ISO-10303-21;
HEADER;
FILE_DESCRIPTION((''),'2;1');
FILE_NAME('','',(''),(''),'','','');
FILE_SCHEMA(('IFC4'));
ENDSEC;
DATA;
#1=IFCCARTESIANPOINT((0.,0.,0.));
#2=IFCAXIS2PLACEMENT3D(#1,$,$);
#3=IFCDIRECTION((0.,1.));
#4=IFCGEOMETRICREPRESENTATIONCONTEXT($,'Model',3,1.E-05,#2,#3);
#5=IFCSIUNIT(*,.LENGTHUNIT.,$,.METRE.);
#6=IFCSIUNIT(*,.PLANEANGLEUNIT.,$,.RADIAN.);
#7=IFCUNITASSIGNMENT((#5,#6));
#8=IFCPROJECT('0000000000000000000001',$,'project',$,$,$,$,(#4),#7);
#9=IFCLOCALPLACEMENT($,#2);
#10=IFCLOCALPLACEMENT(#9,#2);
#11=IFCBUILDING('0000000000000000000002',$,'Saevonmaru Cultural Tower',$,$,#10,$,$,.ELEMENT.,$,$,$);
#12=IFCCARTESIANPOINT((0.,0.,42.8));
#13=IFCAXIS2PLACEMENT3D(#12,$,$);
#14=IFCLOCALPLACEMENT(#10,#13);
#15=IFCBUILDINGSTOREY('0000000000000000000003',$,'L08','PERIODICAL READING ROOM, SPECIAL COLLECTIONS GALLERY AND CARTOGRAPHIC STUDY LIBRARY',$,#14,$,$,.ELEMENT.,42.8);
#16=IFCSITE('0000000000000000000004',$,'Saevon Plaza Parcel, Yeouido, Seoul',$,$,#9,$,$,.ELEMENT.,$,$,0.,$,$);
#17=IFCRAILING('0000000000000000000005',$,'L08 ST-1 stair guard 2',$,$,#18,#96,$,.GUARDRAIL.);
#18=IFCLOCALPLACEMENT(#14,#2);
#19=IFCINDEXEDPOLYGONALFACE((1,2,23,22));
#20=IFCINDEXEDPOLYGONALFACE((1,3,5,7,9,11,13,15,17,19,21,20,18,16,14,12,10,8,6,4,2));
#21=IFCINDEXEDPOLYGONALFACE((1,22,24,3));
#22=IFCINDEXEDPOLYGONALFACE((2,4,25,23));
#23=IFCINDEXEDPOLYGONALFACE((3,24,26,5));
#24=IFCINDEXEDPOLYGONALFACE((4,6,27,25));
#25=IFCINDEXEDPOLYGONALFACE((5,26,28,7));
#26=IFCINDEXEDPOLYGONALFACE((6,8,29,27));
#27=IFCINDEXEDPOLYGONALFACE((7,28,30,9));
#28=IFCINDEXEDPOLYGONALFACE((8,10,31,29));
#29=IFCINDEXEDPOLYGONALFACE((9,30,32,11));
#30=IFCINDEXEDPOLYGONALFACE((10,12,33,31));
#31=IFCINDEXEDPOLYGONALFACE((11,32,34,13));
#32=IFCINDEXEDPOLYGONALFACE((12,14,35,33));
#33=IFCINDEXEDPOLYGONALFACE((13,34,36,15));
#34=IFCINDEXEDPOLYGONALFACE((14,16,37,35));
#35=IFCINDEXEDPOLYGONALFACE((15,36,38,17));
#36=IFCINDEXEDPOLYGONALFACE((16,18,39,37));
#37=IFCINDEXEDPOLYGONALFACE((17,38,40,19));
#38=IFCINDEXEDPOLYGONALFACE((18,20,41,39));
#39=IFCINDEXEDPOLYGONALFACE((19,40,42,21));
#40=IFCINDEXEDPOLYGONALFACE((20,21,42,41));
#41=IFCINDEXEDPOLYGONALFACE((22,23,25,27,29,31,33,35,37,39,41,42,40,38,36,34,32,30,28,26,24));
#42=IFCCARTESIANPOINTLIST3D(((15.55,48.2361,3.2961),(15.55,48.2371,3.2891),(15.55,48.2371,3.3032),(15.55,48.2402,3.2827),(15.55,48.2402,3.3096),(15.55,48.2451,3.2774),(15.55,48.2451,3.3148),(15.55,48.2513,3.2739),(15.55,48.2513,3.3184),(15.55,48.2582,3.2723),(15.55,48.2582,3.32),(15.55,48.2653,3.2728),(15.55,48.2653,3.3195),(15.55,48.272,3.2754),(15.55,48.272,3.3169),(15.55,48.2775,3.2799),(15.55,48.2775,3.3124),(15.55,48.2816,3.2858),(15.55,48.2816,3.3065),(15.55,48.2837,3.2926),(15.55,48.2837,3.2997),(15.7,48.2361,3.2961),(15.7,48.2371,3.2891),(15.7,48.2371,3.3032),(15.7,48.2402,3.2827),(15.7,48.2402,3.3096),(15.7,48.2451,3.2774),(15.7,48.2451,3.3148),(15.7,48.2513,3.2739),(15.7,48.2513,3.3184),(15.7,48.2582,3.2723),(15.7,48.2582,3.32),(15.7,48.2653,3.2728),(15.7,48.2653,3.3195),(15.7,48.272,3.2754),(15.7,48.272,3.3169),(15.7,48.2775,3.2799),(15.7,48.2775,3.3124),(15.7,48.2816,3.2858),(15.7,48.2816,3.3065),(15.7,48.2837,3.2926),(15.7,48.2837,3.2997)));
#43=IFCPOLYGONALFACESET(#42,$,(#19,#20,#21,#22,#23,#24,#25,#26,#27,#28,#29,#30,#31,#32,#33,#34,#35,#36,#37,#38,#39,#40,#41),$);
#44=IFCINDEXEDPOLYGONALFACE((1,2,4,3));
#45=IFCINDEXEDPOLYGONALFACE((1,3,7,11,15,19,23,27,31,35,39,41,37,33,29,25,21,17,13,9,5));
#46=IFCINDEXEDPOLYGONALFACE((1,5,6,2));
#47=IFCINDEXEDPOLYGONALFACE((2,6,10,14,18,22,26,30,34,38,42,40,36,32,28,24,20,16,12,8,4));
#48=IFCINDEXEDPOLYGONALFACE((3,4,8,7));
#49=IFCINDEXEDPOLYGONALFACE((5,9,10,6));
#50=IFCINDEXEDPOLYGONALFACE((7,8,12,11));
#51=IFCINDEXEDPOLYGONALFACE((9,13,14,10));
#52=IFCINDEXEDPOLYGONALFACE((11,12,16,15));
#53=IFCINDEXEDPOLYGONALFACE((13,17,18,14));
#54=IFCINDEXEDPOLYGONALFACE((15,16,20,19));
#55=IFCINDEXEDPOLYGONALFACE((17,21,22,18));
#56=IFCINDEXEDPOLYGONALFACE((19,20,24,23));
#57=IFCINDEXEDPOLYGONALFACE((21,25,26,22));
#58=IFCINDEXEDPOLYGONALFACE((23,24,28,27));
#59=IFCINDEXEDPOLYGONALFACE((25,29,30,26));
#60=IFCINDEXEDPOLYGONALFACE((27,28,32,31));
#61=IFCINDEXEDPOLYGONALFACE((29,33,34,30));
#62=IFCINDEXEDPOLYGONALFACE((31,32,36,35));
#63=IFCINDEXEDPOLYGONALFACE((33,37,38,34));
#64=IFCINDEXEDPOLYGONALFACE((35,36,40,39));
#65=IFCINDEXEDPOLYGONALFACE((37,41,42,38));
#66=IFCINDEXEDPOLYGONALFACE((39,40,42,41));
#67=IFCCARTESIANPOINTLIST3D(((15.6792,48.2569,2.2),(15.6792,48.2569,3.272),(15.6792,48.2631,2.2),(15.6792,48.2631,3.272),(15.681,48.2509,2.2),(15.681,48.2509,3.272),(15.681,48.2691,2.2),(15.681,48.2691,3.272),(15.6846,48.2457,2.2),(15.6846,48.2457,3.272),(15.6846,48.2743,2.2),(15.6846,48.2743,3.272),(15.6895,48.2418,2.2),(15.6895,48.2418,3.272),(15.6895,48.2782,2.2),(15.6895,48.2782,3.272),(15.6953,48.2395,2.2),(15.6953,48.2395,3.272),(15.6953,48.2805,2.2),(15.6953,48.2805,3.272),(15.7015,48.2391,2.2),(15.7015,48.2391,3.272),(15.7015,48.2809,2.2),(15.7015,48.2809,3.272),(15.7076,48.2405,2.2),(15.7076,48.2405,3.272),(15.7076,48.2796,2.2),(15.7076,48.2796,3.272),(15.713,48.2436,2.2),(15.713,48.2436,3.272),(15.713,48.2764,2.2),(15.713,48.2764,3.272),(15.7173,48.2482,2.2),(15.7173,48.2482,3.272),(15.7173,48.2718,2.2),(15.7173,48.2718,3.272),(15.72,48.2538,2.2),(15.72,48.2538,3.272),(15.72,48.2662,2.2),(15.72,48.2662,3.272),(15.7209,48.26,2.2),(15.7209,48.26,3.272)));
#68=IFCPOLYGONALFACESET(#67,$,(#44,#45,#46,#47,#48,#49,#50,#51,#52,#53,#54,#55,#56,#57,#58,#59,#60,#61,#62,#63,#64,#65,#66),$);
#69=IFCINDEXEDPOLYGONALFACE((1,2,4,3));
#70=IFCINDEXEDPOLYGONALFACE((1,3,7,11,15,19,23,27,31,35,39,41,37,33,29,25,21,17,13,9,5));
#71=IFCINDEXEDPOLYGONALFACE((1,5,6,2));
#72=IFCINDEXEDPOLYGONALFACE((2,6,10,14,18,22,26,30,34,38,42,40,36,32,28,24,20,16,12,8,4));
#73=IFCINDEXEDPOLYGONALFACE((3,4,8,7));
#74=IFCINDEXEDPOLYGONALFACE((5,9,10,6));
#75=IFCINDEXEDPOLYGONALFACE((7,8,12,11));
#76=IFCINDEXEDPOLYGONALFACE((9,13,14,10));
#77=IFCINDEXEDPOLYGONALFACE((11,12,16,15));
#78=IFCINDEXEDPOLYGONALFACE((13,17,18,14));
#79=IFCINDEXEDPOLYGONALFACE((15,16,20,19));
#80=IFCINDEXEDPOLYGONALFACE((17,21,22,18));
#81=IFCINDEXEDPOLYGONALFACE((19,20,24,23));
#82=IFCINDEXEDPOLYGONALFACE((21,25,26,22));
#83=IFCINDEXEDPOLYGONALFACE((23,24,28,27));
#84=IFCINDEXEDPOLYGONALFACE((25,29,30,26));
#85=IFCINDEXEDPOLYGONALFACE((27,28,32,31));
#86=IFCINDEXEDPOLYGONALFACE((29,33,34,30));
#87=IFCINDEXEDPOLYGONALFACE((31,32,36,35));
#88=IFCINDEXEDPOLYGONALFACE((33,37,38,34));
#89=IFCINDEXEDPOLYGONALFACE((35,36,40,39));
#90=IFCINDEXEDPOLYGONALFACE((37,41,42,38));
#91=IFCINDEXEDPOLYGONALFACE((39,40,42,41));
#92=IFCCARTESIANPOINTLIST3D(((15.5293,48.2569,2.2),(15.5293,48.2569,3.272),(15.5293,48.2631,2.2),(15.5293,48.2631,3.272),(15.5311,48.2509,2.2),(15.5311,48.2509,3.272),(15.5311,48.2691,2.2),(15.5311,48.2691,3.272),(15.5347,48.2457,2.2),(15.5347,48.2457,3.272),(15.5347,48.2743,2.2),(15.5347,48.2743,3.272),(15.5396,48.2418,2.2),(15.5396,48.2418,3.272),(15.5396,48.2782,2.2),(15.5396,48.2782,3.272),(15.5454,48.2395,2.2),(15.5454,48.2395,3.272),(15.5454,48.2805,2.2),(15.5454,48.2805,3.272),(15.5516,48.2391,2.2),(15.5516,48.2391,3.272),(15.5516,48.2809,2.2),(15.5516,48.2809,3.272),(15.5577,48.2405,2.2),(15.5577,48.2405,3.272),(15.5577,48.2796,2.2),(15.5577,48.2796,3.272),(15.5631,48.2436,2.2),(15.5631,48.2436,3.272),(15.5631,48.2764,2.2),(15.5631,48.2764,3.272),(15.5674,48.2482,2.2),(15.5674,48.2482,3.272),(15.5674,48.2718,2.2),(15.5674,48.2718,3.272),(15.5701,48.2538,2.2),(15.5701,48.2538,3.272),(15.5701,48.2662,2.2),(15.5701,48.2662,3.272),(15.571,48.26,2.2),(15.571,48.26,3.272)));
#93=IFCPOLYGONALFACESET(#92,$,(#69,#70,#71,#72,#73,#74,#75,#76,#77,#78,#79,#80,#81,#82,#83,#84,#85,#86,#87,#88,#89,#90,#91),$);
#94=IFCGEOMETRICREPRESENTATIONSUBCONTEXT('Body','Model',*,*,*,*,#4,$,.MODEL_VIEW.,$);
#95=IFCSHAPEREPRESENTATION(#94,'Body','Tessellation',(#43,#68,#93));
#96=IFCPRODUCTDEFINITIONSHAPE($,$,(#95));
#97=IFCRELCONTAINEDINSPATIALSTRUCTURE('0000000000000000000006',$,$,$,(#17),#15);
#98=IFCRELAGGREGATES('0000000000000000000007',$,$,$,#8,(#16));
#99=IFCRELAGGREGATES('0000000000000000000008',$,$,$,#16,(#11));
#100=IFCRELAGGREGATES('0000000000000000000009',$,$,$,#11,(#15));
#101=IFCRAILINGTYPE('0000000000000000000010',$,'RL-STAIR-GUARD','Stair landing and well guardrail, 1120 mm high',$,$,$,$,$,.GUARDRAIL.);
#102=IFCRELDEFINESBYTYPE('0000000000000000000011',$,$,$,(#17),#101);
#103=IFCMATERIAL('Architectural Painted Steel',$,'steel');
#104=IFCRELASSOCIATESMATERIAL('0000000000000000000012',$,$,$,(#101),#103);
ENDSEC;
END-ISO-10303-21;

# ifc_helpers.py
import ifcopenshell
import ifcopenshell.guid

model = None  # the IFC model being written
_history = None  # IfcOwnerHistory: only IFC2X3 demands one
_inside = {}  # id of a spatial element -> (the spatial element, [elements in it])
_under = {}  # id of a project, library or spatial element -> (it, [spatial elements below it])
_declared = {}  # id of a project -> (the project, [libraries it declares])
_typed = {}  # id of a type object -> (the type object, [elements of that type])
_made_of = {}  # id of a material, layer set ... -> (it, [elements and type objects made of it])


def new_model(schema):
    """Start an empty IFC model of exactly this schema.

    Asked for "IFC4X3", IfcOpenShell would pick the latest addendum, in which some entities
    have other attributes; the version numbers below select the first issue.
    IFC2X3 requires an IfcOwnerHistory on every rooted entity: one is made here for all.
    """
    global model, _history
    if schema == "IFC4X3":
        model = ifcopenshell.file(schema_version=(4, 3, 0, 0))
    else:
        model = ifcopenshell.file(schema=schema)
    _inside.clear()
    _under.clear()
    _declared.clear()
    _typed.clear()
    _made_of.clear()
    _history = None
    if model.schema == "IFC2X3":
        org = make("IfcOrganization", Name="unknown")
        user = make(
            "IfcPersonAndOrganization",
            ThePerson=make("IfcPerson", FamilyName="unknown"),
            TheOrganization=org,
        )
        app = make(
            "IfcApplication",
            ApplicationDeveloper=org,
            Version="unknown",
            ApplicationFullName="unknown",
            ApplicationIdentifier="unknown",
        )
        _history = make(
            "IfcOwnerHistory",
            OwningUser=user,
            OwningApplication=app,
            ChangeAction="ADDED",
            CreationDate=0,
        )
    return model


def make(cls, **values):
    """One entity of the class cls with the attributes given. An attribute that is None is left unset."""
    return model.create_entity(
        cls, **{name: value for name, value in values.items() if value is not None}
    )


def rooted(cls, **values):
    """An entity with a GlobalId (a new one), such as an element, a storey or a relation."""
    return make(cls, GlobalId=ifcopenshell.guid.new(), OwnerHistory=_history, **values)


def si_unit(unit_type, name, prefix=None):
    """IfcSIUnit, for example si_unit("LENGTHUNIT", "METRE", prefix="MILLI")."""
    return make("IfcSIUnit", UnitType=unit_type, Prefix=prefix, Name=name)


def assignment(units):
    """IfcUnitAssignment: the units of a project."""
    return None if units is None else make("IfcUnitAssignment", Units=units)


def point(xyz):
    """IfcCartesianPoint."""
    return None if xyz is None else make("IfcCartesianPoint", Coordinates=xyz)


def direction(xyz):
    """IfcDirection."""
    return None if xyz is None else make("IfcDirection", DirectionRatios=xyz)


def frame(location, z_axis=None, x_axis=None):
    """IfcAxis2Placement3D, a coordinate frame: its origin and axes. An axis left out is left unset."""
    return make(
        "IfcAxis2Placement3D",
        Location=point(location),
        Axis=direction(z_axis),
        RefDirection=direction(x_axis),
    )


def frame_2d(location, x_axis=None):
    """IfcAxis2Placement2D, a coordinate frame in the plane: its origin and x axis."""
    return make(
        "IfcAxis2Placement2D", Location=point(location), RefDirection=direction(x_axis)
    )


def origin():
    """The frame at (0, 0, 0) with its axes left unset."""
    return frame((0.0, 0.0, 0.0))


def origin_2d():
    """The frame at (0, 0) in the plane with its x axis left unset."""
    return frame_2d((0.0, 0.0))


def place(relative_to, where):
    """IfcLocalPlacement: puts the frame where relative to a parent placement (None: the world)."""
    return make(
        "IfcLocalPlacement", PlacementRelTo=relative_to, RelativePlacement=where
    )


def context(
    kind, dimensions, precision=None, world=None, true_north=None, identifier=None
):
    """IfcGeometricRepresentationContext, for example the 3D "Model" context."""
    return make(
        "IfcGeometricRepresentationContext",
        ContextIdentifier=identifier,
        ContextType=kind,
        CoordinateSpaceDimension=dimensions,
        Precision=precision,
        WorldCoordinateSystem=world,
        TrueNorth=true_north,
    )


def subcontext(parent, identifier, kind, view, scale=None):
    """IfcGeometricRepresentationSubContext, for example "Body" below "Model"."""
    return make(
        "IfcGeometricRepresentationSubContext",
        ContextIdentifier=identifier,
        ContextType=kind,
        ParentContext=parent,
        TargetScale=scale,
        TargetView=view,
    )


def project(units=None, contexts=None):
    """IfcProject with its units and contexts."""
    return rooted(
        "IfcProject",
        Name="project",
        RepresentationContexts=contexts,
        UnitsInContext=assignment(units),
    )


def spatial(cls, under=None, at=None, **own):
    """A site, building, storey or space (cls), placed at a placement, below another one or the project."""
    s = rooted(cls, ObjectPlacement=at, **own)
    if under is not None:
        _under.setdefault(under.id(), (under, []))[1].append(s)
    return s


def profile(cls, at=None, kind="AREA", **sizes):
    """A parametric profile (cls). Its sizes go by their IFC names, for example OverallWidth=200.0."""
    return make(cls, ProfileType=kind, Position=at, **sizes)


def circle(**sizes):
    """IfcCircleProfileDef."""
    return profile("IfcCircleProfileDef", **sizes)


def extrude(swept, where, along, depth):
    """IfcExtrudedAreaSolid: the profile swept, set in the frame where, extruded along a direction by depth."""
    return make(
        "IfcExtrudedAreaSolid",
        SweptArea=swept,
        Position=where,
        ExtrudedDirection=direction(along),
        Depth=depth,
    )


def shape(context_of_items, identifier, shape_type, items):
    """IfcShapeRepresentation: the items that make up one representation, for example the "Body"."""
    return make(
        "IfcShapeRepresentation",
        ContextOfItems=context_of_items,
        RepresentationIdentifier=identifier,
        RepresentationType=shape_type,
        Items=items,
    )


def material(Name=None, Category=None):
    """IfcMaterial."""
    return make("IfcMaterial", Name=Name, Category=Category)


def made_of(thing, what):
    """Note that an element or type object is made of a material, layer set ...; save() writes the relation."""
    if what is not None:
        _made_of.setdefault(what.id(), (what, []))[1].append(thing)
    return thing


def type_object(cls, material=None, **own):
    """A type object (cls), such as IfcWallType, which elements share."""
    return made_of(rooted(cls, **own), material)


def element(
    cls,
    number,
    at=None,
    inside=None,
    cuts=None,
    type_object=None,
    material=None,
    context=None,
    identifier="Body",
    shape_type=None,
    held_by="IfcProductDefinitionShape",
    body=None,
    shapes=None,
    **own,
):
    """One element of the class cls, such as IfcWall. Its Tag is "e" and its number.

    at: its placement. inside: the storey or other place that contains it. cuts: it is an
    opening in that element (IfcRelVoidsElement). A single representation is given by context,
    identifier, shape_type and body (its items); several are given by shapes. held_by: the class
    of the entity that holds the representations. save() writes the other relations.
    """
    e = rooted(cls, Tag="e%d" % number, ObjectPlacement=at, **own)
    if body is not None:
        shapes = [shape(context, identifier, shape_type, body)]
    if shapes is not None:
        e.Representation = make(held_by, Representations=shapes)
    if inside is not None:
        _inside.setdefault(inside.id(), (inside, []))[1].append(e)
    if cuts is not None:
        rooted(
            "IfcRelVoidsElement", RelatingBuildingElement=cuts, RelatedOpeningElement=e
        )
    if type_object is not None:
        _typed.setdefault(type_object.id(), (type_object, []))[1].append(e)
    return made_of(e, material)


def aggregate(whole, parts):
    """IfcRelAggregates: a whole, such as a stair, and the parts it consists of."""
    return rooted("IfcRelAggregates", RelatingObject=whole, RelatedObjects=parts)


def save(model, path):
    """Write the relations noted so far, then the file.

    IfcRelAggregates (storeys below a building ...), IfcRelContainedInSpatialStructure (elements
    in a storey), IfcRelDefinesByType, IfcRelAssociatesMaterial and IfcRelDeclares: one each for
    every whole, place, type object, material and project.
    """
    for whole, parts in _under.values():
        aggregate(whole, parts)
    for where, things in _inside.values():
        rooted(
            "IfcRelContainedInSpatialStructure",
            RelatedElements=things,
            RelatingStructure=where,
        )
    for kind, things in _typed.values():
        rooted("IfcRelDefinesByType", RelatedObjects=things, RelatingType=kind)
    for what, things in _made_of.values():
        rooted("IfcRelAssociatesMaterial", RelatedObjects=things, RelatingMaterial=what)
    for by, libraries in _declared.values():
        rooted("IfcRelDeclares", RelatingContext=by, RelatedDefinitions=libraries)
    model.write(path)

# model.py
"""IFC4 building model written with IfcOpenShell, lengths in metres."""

from ifc_helpers import new_model, si_unit, direction, frame, origin, origin_2d, place, context, subcontext, project, spatial, circle, extrude, material, type_object, element, save


model = new_model("IFC4")

# Units and contexts
model_context = context("Model", 3, precision=1e-05, world=origin(), true_north=direction((0.0, 1.0)))
body_context = subcontext(model_context, "Body", "Model", "MODEL_VIEW")
ifc_project = project(units=[si_unit("LENGTHUNIT", "METRE"), si_unit("PLANEANGLEUNIT", "RADIAN")], contexts=[model_context])

# Site, building, storey
site_placement = place(None, origin())
site = spatial("IfcSite", under=ifc_project, at=site_placement, Name="Saevon Plaza Parcel, Yeouido, Seoul", CompositionType="ELEMENT", RefElevation=0.0)
building_placement = place(site_placement, origin())
building = spatial("IfcBuilding", under=site, at=building_placement, Name="Saevonmaru Cultural Tower", CompositionType="ELEMENT")
storey_placement = place(building_placement, frame((0.0, 0.0, 42.8)))
storey = spatial("IfcBuildingStorey", under=building, at=storey_placement, Name="L08", Description="PERIODICAL READING ROOM, SPECIAL COLLECTIONS GALLERY AND CARTOGRAPHIC STUDY LIBRARY", CompositionType="ELEMENT", Elevation=42.8)

# Railing
ifc_material_1 = material(Name="Architectural Painted Steel", Category="steel")
railing_type = type_object("IfcRailingType", Name="RL-STAIR-GUARD", Description="Stair landing and well guardrail, 1120 mm high", PredefinedType="GUARDRAIL", material=ifc_material_1)
railing_1_placement = place(storey_placement, frame((15.7, 48.26, 2.2)))
element("IfcRailing", 1, at=railing_1_placement, inside=storey, type_object=railing_type, Name="L08 ST-1 stair guard 2", PredefinedType="GUARDRAIL", context=body_context, shape_type="SweptSolid", body=[
    extrude(circle(Radius=0.0239, at=origin_2d()), frame((0.0, 0.0, 1.0962), z_axis=(-1.0, 0.0, 0.0), x_axis=(0.0, -1.0, 0.0)), (0.0, 0.0, 1.0), 0.1499),
    extrude(circle(Radius=0.021, at=origin_2d()), origin(), (0.0, 0.0, 1.0), 1.072),
    extrude(circle(Radius=0.021, at=origin_2d()), frame((-0.1499, 0.0, 0.0)), (0.0, 0.0, 1.0), 1.072),
])

save(model, "model.ifc")
